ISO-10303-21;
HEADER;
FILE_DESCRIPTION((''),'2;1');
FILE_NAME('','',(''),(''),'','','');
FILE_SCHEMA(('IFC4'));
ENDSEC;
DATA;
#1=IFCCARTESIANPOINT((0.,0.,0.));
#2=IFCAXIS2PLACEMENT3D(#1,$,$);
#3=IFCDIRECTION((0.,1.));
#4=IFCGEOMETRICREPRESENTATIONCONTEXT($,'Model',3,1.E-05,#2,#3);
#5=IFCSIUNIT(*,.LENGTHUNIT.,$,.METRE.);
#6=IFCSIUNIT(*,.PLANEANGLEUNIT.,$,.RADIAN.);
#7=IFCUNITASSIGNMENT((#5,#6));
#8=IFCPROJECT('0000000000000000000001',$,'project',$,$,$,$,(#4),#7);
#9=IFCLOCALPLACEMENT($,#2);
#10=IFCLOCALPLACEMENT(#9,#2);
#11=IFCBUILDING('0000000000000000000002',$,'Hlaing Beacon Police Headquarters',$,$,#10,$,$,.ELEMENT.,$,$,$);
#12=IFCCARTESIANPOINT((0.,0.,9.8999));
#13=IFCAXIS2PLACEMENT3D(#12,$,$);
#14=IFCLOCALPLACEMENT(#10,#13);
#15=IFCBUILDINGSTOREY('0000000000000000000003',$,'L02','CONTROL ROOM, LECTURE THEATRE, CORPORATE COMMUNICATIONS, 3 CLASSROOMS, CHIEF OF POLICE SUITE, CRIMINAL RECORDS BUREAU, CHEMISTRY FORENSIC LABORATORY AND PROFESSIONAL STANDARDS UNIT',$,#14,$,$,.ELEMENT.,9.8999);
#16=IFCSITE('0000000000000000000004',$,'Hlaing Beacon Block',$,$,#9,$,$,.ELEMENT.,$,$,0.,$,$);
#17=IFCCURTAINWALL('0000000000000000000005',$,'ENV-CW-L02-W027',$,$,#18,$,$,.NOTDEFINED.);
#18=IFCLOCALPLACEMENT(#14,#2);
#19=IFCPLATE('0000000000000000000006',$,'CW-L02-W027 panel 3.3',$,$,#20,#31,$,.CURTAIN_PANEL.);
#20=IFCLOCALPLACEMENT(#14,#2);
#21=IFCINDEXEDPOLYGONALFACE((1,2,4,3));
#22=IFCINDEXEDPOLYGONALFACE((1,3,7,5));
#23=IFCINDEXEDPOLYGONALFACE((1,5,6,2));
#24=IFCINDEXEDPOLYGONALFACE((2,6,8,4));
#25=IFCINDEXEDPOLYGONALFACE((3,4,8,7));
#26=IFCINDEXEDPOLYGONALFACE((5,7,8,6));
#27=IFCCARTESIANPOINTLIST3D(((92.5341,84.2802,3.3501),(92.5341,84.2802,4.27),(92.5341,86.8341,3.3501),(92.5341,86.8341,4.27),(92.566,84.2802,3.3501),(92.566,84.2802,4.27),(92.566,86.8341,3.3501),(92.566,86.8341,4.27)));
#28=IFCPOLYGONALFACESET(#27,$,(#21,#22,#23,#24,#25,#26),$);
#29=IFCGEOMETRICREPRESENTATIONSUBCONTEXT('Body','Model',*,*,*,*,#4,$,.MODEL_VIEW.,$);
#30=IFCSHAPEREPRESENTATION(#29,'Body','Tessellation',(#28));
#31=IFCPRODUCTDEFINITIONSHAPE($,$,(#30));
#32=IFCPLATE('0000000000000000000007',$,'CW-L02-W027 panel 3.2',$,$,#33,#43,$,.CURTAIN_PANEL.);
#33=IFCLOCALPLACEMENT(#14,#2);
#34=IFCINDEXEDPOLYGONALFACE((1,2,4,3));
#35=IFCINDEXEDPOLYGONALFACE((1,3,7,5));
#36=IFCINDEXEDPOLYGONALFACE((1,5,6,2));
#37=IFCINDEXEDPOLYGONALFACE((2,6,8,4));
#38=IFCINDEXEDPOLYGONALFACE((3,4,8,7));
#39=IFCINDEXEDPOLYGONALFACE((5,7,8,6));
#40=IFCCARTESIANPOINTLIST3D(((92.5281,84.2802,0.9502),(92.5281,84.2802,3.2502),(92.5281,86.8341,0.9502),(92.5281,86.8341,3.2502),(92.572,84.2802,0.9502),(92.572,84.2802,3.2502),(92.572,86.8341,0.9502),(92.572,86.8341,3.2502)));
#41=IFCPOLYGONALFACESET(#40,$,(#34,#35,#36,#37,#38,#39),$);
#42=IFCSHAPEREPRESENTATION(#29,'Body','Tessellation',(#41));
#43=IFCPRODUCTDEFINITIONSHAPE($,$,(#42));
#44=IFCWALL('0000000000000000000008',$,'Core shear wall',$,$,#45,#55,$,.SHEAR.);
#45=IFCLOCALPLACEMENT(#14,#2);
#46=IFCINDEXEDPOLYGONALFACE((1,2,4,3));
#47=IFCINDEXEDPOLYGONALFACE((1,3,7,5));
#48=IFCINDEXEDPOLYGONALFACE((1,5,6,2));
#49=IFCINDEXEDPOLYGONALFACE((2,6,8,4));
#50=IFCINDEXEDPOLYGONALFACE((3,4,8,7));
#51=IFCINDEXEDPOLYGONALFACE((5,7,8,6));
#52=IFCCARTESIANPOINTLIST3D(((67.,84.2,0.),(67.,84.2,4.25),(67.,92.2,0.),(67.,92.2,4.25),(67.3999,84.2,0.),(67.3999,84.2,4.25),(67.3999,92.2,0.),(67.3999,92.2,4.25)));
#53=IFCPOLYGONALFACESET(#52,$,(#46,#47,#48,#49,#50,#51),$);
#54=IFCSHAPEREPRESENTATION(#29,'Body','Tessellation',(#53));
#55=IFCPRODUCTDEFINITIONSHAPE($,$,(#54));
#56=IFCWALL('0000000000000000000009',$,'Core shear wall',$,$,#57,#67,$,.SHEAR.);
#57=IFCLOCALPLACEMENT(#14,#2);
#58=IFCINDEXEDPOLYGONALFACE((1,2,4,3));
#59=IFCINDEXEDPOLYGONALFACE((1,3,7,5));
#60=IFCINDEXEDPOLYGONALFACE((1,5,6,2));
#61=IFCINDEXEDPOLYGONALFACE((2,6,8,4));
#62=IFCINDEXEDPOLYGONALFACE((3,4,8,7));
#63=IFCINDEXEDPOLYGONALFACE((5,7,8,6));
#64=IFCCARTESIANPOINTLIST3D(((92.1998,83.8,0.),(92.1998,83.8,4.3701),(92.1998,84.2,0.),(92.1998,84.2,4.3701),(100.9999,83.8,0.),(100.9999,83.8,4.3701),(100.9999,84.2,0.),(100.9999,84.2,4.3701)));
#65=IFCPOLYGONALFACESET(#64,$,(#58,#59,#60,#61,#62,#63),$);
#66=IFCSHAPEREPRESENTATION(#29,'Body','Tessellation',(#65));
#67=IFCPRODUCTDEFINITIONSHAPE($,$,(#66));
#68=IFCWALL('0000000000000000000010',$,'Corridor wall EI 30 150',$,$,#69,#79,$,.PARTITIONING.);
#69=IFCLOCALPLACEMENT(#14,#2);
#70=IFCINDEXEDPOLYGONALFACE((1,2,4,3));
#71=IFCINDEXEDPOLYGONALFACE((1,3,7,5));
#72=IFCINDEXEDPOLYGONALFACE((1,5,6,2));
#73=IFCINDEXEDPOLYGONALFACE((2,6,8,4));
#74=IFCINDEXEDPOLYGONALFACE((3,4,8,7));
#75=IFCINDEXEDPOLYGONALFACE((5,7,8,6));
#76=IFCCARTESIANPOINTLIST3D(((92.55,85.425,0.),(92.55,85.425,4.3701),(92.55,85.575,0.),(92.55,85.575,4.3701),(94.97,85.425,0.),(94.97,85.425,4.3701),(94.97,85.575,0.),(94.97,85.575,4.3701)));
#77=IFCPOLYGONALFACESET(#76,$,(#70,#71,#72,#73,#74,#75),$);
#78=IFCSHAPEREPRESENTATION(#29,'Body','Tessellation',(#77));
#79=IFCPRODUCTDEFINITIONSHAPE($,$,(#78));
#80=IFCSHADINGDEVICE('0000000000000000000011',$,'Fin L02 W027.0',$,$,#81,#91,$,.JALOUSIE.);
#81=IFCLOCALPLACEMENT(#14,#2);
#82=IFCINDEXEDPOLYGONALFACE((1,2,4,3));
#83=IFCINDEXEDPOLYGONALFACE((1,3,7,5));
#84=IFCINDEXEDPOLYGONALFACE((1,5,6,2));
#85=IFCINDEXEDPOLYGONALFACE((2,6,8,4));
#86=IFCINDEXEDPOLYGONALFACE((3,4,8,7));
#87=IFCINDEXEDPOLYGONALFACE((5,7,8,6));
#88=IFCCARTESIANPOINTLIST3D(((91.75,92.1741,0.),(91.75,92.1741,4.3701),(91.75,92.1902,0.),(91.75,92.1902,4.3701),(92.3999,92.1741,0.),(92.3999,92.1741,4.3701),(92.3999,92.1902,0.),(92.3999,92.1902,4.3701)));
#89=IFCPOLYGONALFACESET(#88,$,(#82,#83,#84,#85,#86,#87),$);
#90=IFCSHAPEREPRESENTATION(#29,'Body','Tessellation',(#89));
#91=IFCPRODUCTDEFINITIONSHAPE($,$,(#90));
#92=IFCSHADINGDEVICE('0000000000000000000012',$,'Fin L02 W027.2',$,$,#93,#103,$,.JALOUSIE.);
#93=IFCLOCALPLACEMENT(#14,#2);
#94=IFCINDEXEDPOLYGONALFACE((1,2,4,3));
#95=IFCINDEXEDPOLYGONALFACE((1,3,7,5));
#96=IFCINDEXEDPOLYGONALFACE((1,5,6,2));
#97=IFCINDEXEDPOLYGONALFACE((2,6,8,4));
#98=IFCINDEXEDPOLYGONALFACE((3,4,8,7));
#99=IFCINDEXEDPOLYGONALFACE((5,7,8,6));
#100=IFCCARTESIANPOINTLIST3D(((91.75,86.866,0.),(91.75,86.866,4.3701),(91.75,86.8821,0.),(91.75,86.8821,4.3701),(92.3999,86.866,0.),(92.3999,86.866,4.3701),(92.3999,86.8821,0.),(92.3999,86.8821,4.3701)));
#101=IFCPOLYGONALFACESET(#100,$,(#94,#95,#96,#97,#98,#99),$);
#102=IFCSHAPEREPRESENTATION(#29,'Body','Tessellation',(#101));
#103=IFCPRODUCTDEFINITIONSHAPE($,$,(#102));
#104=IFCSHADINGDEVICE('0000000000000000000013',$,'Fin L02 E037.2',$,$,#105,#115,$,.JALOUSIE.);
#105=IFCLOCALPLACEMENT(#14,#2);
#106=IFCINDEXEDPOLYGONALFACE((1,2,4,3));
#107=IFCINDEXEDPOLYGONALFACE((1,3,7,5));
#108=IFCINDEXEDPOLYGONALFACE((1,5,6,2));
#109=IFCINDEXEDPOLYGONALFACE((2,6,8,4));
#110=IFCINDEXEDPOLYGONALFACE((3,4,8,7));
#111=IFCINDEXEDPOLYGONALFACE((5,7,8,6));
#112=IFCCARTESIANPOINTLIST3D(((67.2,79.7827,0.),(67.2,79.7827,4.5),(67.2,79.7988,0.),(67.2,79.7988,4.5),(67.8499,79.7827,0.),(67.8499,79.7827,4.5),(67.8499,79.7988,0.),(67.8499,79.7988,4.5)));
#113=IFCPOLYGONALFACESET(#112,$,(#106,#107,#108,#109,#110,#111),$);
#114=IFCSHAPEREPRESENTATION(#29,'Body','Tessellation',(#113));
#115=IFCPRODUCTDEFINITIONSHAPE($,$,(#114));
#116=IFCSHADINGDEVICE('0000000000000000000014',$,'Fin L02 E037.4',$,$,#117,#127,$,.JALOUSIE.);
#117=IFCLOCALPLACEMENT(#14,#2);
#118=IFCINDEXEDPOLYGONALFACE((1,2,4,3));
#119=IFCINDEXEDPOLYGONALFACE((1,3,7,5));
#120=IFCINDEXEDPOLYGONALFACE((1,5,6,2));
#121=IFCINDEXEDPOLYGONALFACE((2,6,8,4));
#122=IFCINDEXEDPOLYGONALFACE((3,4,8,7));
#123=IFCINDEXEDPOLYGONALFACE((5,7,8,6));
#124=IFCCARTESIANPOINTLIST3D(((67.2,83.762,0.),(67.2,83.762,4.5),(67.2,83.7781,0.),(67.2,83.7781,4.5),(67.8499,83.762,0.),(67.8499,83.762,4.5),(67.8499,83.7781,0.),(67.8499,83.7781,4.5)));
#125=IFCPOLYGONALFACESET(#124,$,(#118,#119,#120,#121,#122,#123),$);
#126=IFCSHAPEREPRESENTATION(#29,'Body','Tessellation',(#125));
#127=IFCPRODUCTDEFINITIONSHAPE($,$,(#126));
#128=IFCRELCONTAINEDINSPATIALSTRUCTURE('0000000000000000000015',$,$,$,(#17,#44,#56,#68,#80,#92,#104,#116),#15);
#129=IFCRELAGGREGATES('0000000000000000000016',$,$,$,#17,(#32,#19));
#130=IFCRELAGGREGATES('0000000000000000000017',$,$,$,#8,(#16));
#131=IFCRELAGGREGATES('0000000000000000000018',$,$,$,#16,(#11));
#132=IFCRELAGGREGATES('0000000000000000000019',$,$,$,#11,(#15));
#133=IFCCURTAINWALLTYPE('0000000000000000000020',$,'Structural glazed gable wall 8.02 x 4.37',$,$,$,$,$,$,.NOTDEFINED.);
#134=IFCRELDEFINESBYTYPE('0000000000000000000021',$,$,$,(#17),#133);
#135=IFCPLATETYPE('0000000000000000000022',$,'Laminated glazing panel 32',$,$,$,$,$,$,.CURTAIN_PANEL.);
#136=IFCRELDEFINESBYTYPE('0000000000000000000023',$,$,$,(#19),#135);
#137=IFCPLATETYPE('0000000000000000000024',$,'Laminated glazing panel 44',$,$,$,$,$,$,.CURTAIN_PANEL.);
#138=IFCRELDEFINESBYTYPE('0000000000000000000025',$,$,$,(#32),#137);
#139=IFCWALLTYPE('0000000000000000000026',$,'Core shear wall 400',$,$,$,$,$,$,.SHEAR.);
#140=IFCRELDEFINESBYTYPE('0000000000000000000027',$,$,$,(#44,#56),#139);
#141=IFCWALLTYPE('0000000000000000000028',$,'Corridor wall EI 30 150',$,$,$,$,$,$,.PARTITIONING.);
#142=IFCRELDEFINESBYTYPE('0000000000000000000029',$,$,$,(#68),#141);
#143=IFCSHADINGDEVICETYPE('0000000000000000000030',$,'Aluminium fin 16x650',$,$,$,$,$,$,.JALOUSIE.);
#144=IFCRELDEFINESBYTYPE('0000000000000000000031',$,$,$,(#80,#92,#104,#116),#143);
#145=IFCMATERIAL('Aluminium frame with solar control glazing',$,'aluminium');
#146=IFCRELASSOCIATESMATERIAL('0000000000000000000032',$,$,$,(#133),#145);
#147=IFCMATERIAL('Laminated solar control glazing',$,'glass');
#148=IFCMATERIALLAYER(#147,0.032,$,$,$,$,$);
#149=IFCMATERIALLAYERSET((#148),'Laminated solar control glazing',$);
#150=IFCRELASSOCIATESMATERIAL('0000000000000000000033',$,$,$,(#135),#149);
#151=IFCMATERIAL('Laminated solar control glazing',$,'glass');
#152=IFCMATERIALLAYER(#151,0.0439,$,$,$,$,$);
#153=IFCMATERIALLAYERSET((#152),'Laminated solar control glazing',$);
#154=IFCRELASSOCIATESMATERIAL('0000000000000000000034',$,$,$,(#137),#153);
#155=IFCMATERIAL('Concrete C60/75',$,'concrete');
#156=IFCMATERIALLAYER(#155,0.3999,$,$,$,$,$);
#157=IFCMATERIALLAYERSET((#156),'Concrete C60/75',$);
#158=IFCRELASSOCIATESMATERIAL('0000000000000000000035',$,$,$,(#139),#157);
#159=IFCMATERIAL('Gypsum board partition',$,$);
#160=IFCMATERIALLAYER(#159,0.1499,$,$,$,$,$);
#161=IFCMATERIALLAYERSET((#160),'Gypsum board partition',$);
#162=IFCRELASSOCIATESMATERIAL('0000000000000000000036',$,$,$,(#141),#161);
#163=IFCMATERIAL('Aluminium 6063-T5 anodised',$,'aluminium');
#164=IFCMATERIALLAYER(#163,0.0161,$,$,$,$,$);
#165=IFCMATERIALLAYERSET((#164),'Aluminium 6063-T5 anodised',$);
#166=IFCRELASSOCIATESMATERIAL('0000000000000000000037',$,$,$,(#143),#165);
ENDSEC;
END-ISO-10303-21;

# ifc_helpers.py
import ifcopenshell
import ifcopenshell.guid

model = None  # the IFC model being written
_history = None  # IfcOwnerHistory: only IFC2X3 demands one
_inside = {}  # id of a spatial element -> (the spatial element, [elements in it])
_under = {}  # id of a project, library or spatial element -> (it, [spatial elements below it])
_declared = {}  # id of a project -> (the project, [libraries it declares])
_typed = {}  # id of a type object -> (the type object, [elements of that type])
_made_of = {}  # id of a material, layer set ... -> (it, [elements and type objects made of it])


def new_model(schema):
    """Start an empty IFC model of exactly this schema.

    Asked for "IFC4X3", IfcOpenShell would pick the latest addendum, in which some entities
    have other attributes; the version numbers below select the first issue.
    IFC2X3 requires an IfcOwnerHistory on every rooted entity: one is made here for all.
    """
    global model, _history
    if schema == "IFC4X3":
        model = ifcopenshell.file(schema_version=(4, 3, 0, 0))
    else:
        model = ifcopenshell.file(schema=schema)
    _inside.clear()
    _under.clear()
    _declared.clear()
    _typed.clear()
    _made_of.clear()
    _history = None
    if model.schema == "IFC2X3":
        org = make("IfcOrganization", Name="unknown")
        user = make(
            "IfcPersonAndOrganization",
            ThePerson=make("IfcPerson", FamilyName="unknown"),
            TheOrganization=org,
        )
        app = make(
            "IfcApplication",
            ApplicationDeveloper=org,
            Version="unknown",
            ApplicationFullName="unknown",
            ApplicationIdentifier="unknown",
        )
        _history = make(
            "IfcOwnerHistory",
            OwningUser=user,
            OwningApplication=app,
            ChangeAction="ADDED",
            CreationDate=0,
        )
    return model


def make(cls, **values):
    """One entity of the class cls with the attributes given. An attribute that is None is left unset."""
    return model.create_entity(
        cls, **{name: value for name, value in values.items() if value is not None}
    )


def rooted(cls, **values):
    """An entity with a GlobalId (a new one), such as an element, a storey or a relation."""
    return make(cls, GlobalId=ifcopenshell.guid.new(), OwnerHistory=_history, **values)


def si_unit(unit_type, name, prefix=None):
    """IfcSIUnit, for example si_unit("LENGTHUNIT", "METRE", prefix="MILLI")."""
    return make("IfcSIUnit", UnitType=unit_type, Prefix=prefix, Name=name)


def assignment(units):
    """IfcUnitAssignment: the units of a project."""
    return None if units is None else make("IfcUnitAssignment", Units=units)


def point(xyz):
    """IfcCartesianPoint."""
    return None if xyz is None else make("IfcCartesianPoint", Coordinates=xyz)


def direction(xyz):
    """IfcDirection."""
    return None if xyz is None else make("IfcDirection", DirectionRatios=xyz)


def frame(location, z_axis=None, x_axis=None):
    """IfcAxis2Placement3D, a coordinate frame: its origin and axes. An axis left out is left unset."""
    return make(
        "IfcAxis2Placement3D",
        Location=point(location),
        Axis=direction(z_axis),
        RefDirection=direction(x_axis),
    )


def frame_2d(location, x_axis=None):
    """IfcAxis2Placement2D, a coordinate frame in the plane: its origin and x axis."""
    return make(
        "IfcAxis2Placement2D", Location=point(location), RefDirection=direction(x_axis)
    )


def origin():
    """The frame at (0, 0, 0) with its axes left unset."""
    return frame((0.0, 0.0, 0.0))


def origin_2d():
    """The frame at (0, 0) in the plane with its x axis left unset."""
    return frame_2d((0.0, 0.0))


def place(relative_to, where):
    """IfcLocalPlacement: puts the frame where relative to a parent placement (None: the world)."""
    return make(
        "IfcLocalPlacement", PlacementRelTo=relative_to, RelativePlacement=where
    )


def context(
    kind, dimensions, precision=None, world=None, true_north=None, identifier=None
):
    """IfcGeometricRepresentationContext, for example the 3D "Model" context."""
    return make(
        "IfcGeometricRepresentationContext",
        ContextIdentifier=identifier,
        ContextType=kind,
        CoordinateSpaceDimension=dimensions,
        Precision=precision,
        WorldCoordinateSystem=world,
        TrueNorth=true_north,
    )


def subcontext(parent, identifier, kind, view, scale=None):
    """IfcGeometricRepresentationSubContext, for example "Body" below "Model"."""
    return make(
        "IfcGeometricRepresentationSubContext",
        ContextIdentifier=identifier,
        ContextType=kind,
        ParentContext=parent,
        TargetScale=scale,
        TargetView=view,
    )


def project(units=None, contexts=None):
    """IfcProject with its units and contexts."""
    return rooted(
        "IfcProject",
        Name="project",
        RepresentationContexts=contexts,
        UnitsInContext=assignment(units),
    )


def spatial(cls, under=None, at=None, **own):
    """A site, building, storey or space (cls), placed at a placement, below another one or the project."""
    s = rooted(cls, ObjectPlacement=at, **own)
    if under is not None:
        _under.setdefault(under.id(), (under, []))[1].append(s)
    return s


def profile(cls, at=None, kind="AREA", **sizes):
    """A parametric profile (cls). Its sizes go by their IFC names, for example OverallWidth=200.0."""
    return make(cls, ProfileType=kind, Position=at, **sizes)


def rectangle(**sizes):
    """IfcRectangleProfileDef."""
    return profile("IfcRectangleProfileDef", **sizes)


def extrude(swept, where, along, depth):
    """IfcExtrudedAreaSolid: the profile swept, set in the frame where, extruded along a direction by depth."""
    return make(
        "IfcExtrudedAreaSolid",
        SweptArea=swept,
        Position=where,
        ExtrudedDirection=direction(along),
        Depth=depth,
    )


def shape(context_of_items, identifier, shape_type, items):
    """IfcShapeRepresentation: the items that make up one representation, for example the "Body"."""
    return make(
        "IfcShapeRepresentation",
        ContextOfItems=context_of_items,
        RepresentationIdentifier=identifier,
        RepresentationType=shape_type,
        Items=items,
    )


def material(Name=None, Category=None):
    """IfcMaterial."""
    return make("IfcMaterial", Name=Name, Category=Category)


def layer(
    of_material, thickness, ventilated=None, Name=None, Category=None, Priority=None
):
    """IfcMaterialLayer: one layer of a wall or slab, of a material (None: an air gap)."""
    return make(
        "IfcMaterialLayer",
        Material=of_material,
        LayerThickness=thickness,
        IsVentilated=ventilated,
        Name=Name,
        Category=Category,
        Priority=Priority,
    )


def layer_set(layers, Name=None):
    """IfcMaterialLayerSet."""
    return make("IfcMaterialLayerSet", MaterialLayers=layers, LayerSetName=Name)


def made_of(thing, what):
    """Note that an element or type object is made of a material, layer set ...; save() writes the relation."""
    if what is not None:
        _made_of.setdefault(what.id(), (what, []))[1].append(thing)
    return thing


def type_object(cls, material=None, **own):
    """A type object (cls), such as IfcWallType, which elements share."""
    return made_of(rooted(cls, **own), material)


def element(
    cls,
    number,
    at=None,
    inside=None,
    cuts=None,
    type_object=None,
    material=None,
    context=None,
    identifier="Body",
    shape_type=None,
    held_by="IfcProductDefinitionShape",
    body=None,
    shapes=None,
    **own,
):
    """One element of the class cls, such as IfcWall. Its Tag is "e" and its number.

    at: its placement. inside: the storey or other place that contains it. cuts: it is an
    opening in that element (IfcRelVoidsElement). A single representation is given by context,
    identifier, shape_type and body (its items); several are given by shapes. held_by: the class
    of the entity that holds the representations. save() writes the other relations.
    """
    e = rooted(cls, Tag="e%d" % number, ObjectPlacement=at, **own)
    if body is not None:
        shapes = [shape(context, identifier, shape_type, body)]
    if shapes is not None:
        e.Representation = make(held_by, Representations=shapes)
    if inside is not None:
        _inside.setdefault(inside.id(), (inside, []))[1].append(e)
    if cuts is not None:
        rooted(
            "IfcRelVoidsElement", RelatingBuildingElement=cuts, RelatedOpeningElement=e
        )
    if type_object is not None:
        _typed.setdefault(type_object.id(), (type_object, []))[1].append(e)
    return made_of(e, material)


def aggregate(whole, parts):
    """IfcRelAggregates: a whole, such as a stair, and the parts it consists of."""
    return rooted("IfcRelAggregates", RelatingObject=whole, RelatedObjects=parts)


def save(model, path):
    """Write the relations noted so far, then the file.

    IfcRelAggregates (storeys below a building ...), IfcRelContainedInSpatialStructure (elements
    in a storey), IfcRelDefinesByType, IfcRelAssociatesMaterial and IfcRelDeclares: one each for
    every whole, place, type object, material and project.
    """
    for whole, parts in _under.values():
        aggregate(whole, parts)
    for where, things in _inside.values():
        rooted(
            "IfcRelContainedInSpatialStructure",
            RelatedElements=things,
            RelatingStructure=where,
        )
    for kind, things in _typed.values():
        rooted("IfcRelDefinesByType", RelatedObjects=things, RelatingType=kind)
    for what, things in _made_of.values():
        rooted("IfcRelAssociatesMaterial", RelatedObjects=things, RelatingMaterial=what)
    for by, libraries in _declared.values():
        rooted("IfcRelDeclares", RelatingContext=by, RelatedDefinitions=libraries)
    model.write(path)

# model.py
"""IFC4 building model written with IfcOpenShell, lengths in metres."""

from ifc_helpers import new_model, si_unit, direction, frame, frame_2d, origin, origin_2d, place, context, subcontext, project, spatial, rectangle, extrude, material, layer, layer_set, type_object, element, aggregate, save


model = new_model("IFC4")

# Units and contexts
model_context = context("Model", 3, precision=1e-05, world=origin(), true_north=direction((0.0, 1.0)))
body_context = subcontext(model_context, "Body", "Model", "MODEL_VIEW")
ifc_project = project(units=[si_unit("LENGTHUNIT", "METRE"), si_unit("PLANEANGLEUNIT", "RADIAN")], contexts=[model_context])

# Site, building, storey
site_placement = place(None, origin())
site = spatial("IfcSite", under=ifc_project, at=site_placement, Name="Hlaing Beacon Block", CompositionType="ELEMENT", RefElevation=0.0)
building_placement = place(site_placement, origin())
building = spatial("IfcBuilding", under=site, at=building_placement, Name="Hlaing Beacon Police Headquarters", CompositionType="ELEMENT")
storey_placement = place(building_placement, frame((0.0, 0.0, 9.8999)))
storey = spatial("IfcBuildingStorey", under=building, at=storey_placement, Name="L02", Description="CONTROL ROOM, LECTURE THEATRE, CORPORATE COMMUNICATIONS, 3 CLASSROOMS, CHIEF OF POLICE SUITE, CRIMINAL RECORDS BUREAU, CHEMISTRY FORENSIC LABORATORY AND PROFESSIONAL STANDARDS UNIT", CompositionType="ELEMENT", Elevation=9.8999)

# Curtain wall
ifc_material_1 = material(Name="Aluminium frame with solar control glazing", Category="aluminium")
curtain_wall_type_1 = type_object("IfcCurtainWallType", Name="Structural glazed gable wall 8.02 x 4.37", PredefinedType="NOTDEFINED", material=ifc_material_1)
curtain_wall_1_placement = place(storey_placement, origin())
curtain_wall_1 = element("IfcCurtainWall", 1, at=curtain_wall_1_placement, inside=storey, type_object=curtain_wall_type_1, Name="ENV-CW-L02-W027", PredefinedType="NOTDEFINED")

# Plates
ifc_material_2 = material(Name="Laminated solar control glazing", Category="glass")
ifc_layer_1 = layer(ifc_material_2, 0.032)
ifc_layer_set_1 = layer_set([ifc_layer_1], Name="Laminated solar control glazing")
plate_type_1 = type_object("IfcPlateType", Name="Laminated glazing panel 32", PredefinedType="CURTAIN_PANEL", material=ifc_layer_set_1)
plate_1_placement = place(storey_placement, frame((92.55, 85.5571, 3.3501), z_axis=(0.0, 0.0, 1.0), x_axis=(0.0, -1.0, 0.0)))
plate_1 = element("IfcPlate", 2, at=plate_1_placement, type_object=plate_type_1, Name="CW-L02-W027 panel 3.3", PredefinedType="CURTAIN_PANEL", context=body_context, shape_type="SweptSolid", body=[
    extrude(rectangle(XDim=2.554, YDim=0.032, at=origin_2d()), origin(), (0.0, 0.0, 1.0), 0.9199),
])
ifc_material_3 = material(Name="Laminated solar control glazing", Category="glass")
ifc_layer_2 = layer(ifc_material_3, 0.0439)
ifc_layer_set_2 = layer_set([ifc_layer_2], Name="Laminated solar control glazing")
plate_type_2 = type_object("IfcPlateType", Name="Laminated glazing panel 44", PredefinedType="CURTAIN_PANEL", material=ifc_layer_set_2)
plate_2_placement = place(storey_placement, frame((92.55, 85.5571, 0.9502), z_axis=(0.0, 0.0, 1.0), x_axis=(0.0, -1.0, 0.0)))
plate_2 = element("IfcPlate", 3, at=plate_2_placement, type_object=plate_type_2, Name="CW-L02-W027 panel 3.2", PredefinedType="CURTAIN_PANEL", context=body_context, shape_type="SweptSolid", body=[
    extrude(rectangle(XDim=2.554, YDim=0.0439, at=origin_2d()), origin(), (0.0, 0.0, 1.0), 2.3),
])
aggregate(curtain_wall_1, [plate_2, plate_1])

# Walls
ifc_material_4 = material(Name="Concrete C60/75", Category="concrete")
ifc_layer_3 = layer(ifc_material_4, 0.3999)
ifc_layer_set_3 = layer_set([ifc_layer_3], Name="Concrete C60/75")
wall_type_1 = type_object("IfcWallType", Name="Core shear wall 400", PredefinedType="SHEAR", material=ifc_layer_set_3)
wall_1_placement = place(storey_placement, frame((67.2, 84.2, 0.0), z_axis=(0.0, 0.0, 1.0), x_axis=(0.0, 1.0, 0.0)))
element("IfcWall", 4, at=wall_1_placement, inside=storey, type_object=wall_type_1, Name="Core shear wall", PredefinedType="SHEAR", context=body_context, shape_type="SweptSolid", body=[
    extrude(rectangle(XDim=8.0, YDim=0.3999, at=frame_2d((4.0, 0.0))), origin(), (0.0, 0.0, 1.0), 4.25),
])
wall_2_placement = place(storey_placement, frame((92.2, 84.0, 0.0), z_axis=(0.0, 0.0, 1.0), x_axis=(1.0, 0.0, 0.0)))
element("IfcWall", 5, at=wall_2_placement, inside=storey, type_object=wall_type_1, Name="Core shear wall", PredefinedType="SHEAR", context=body_context, shape_type="SweptSolid", body=[
    extrude(rectangle(XDim=8.8, YDim=0.3999, at=frame_2d((4.3999, 0.0))), origin(), (0.0, 0.0, 1.0), 4.3701),
])
ifc_material_5 = material(Name="Gypsum board partition")
ifc_layer_4 = layer(ifc_material_5, 0.1499)
ifc_layer_set_4 = layer_set([ifc_layer_4], Name="Gypsum board partition")
wall_type_2 = type_object("IfcWallType", Name="Corridor wall EI 30 150", PredefinedType="PARTITIONING", material=ifc_layer_set_4)
wall_3_placement = place(storey_placement, frame((92.55, 85.5, 0.0), z_axis=(0.0, 0.0, 1.0), x_axis=(1.0, 0.0, 0.0)))
element("IfcWall", 6, at=wall_3_placement, inside=storey, type_object=wall_type_2, Name="Corridor wall EI 30 150", PredefinedType="PARTITIONING", context=body_context, shape_type="SweptSolid", body=[
    extrude(rectangle(XDim=2.4199, YDim=0.1499, at=frame_2d((1.21, 0.0))), origin(), (0.0, 0.0, 1.0), 4.3701),
])

# Shading devices
ifc_material_6 = material(Name="Aluminium 6063-T5 anodised", Category="aluminium")
ifc_layer_5 = layer(ifc_material_6, 0.0161)
ifc_layer_set_5 = layer_set([ifc_layer_5], Name="Aluminium 6063-T5 anodised")
shading_device_type = type_object("IfcShadingDeviceType", Name="Aluminium fin 16x650", PredefinedType="JALOUSIE", material=ifc_layer_set_5)
for number, where, z_axis, x_axis, name in (
    (7, (92.075, 92.1821, 0.0), (0.0, 0.0, 1.0), (0.0, -1.0, 0.0), "Fin L02 W027.0"),
    (8, (92.075, 86.874, 0.0), (0.0, 0.0, 1.0), (0.0, -1.0, 0.0), "Fin L02 W027.2"),
):
    element("IfcShadingDevice", number, at=place(storey_placement, frame(where, z_axis=z_axis, x_axis=x_axis)), inside=storey, type_object=shading_device_type, Name=name, PredefinedType="JALOUSIE", context=body_context, shape_type="SweptSolid", body=[
        extrude(rectangle(XDim=0.0161, YDim=0.6499, at=origin_2d()), origin(), (0.0, 0.0, 1.0), 4.3701),
    ])
for number, where, z_axis, x_axis, name in (
    (9, (67.5249, 79.7908, 0.0), (0.0, 0.0, 1.0), (0.0, 1.0, 0.0), "Fin L02 E037.2"),
    (10, (67.5249, 83.77, 0.0), (0.0, 0.0, 1.0), (0.0, 1.0, 0.0), "Fin L02 E037.4"),
):
    element("IfcShadingDevice", number, at=place(storey_placement, frame(where, z_axis=z_axis, x_axis=x_axis)), inside=storey, type_object=shading_device_type, Name=name, PredefinedType="JALOUSIE", context=body_context, shape_type="SweptSolid", body=[
        extrude(rectangle(XDim=0.0161, YDim=0.6499, at=origin_2d()), origin(), (0.0, 0.0, 1.0), 4.5),
    ])

save(model, "model.ifc")
